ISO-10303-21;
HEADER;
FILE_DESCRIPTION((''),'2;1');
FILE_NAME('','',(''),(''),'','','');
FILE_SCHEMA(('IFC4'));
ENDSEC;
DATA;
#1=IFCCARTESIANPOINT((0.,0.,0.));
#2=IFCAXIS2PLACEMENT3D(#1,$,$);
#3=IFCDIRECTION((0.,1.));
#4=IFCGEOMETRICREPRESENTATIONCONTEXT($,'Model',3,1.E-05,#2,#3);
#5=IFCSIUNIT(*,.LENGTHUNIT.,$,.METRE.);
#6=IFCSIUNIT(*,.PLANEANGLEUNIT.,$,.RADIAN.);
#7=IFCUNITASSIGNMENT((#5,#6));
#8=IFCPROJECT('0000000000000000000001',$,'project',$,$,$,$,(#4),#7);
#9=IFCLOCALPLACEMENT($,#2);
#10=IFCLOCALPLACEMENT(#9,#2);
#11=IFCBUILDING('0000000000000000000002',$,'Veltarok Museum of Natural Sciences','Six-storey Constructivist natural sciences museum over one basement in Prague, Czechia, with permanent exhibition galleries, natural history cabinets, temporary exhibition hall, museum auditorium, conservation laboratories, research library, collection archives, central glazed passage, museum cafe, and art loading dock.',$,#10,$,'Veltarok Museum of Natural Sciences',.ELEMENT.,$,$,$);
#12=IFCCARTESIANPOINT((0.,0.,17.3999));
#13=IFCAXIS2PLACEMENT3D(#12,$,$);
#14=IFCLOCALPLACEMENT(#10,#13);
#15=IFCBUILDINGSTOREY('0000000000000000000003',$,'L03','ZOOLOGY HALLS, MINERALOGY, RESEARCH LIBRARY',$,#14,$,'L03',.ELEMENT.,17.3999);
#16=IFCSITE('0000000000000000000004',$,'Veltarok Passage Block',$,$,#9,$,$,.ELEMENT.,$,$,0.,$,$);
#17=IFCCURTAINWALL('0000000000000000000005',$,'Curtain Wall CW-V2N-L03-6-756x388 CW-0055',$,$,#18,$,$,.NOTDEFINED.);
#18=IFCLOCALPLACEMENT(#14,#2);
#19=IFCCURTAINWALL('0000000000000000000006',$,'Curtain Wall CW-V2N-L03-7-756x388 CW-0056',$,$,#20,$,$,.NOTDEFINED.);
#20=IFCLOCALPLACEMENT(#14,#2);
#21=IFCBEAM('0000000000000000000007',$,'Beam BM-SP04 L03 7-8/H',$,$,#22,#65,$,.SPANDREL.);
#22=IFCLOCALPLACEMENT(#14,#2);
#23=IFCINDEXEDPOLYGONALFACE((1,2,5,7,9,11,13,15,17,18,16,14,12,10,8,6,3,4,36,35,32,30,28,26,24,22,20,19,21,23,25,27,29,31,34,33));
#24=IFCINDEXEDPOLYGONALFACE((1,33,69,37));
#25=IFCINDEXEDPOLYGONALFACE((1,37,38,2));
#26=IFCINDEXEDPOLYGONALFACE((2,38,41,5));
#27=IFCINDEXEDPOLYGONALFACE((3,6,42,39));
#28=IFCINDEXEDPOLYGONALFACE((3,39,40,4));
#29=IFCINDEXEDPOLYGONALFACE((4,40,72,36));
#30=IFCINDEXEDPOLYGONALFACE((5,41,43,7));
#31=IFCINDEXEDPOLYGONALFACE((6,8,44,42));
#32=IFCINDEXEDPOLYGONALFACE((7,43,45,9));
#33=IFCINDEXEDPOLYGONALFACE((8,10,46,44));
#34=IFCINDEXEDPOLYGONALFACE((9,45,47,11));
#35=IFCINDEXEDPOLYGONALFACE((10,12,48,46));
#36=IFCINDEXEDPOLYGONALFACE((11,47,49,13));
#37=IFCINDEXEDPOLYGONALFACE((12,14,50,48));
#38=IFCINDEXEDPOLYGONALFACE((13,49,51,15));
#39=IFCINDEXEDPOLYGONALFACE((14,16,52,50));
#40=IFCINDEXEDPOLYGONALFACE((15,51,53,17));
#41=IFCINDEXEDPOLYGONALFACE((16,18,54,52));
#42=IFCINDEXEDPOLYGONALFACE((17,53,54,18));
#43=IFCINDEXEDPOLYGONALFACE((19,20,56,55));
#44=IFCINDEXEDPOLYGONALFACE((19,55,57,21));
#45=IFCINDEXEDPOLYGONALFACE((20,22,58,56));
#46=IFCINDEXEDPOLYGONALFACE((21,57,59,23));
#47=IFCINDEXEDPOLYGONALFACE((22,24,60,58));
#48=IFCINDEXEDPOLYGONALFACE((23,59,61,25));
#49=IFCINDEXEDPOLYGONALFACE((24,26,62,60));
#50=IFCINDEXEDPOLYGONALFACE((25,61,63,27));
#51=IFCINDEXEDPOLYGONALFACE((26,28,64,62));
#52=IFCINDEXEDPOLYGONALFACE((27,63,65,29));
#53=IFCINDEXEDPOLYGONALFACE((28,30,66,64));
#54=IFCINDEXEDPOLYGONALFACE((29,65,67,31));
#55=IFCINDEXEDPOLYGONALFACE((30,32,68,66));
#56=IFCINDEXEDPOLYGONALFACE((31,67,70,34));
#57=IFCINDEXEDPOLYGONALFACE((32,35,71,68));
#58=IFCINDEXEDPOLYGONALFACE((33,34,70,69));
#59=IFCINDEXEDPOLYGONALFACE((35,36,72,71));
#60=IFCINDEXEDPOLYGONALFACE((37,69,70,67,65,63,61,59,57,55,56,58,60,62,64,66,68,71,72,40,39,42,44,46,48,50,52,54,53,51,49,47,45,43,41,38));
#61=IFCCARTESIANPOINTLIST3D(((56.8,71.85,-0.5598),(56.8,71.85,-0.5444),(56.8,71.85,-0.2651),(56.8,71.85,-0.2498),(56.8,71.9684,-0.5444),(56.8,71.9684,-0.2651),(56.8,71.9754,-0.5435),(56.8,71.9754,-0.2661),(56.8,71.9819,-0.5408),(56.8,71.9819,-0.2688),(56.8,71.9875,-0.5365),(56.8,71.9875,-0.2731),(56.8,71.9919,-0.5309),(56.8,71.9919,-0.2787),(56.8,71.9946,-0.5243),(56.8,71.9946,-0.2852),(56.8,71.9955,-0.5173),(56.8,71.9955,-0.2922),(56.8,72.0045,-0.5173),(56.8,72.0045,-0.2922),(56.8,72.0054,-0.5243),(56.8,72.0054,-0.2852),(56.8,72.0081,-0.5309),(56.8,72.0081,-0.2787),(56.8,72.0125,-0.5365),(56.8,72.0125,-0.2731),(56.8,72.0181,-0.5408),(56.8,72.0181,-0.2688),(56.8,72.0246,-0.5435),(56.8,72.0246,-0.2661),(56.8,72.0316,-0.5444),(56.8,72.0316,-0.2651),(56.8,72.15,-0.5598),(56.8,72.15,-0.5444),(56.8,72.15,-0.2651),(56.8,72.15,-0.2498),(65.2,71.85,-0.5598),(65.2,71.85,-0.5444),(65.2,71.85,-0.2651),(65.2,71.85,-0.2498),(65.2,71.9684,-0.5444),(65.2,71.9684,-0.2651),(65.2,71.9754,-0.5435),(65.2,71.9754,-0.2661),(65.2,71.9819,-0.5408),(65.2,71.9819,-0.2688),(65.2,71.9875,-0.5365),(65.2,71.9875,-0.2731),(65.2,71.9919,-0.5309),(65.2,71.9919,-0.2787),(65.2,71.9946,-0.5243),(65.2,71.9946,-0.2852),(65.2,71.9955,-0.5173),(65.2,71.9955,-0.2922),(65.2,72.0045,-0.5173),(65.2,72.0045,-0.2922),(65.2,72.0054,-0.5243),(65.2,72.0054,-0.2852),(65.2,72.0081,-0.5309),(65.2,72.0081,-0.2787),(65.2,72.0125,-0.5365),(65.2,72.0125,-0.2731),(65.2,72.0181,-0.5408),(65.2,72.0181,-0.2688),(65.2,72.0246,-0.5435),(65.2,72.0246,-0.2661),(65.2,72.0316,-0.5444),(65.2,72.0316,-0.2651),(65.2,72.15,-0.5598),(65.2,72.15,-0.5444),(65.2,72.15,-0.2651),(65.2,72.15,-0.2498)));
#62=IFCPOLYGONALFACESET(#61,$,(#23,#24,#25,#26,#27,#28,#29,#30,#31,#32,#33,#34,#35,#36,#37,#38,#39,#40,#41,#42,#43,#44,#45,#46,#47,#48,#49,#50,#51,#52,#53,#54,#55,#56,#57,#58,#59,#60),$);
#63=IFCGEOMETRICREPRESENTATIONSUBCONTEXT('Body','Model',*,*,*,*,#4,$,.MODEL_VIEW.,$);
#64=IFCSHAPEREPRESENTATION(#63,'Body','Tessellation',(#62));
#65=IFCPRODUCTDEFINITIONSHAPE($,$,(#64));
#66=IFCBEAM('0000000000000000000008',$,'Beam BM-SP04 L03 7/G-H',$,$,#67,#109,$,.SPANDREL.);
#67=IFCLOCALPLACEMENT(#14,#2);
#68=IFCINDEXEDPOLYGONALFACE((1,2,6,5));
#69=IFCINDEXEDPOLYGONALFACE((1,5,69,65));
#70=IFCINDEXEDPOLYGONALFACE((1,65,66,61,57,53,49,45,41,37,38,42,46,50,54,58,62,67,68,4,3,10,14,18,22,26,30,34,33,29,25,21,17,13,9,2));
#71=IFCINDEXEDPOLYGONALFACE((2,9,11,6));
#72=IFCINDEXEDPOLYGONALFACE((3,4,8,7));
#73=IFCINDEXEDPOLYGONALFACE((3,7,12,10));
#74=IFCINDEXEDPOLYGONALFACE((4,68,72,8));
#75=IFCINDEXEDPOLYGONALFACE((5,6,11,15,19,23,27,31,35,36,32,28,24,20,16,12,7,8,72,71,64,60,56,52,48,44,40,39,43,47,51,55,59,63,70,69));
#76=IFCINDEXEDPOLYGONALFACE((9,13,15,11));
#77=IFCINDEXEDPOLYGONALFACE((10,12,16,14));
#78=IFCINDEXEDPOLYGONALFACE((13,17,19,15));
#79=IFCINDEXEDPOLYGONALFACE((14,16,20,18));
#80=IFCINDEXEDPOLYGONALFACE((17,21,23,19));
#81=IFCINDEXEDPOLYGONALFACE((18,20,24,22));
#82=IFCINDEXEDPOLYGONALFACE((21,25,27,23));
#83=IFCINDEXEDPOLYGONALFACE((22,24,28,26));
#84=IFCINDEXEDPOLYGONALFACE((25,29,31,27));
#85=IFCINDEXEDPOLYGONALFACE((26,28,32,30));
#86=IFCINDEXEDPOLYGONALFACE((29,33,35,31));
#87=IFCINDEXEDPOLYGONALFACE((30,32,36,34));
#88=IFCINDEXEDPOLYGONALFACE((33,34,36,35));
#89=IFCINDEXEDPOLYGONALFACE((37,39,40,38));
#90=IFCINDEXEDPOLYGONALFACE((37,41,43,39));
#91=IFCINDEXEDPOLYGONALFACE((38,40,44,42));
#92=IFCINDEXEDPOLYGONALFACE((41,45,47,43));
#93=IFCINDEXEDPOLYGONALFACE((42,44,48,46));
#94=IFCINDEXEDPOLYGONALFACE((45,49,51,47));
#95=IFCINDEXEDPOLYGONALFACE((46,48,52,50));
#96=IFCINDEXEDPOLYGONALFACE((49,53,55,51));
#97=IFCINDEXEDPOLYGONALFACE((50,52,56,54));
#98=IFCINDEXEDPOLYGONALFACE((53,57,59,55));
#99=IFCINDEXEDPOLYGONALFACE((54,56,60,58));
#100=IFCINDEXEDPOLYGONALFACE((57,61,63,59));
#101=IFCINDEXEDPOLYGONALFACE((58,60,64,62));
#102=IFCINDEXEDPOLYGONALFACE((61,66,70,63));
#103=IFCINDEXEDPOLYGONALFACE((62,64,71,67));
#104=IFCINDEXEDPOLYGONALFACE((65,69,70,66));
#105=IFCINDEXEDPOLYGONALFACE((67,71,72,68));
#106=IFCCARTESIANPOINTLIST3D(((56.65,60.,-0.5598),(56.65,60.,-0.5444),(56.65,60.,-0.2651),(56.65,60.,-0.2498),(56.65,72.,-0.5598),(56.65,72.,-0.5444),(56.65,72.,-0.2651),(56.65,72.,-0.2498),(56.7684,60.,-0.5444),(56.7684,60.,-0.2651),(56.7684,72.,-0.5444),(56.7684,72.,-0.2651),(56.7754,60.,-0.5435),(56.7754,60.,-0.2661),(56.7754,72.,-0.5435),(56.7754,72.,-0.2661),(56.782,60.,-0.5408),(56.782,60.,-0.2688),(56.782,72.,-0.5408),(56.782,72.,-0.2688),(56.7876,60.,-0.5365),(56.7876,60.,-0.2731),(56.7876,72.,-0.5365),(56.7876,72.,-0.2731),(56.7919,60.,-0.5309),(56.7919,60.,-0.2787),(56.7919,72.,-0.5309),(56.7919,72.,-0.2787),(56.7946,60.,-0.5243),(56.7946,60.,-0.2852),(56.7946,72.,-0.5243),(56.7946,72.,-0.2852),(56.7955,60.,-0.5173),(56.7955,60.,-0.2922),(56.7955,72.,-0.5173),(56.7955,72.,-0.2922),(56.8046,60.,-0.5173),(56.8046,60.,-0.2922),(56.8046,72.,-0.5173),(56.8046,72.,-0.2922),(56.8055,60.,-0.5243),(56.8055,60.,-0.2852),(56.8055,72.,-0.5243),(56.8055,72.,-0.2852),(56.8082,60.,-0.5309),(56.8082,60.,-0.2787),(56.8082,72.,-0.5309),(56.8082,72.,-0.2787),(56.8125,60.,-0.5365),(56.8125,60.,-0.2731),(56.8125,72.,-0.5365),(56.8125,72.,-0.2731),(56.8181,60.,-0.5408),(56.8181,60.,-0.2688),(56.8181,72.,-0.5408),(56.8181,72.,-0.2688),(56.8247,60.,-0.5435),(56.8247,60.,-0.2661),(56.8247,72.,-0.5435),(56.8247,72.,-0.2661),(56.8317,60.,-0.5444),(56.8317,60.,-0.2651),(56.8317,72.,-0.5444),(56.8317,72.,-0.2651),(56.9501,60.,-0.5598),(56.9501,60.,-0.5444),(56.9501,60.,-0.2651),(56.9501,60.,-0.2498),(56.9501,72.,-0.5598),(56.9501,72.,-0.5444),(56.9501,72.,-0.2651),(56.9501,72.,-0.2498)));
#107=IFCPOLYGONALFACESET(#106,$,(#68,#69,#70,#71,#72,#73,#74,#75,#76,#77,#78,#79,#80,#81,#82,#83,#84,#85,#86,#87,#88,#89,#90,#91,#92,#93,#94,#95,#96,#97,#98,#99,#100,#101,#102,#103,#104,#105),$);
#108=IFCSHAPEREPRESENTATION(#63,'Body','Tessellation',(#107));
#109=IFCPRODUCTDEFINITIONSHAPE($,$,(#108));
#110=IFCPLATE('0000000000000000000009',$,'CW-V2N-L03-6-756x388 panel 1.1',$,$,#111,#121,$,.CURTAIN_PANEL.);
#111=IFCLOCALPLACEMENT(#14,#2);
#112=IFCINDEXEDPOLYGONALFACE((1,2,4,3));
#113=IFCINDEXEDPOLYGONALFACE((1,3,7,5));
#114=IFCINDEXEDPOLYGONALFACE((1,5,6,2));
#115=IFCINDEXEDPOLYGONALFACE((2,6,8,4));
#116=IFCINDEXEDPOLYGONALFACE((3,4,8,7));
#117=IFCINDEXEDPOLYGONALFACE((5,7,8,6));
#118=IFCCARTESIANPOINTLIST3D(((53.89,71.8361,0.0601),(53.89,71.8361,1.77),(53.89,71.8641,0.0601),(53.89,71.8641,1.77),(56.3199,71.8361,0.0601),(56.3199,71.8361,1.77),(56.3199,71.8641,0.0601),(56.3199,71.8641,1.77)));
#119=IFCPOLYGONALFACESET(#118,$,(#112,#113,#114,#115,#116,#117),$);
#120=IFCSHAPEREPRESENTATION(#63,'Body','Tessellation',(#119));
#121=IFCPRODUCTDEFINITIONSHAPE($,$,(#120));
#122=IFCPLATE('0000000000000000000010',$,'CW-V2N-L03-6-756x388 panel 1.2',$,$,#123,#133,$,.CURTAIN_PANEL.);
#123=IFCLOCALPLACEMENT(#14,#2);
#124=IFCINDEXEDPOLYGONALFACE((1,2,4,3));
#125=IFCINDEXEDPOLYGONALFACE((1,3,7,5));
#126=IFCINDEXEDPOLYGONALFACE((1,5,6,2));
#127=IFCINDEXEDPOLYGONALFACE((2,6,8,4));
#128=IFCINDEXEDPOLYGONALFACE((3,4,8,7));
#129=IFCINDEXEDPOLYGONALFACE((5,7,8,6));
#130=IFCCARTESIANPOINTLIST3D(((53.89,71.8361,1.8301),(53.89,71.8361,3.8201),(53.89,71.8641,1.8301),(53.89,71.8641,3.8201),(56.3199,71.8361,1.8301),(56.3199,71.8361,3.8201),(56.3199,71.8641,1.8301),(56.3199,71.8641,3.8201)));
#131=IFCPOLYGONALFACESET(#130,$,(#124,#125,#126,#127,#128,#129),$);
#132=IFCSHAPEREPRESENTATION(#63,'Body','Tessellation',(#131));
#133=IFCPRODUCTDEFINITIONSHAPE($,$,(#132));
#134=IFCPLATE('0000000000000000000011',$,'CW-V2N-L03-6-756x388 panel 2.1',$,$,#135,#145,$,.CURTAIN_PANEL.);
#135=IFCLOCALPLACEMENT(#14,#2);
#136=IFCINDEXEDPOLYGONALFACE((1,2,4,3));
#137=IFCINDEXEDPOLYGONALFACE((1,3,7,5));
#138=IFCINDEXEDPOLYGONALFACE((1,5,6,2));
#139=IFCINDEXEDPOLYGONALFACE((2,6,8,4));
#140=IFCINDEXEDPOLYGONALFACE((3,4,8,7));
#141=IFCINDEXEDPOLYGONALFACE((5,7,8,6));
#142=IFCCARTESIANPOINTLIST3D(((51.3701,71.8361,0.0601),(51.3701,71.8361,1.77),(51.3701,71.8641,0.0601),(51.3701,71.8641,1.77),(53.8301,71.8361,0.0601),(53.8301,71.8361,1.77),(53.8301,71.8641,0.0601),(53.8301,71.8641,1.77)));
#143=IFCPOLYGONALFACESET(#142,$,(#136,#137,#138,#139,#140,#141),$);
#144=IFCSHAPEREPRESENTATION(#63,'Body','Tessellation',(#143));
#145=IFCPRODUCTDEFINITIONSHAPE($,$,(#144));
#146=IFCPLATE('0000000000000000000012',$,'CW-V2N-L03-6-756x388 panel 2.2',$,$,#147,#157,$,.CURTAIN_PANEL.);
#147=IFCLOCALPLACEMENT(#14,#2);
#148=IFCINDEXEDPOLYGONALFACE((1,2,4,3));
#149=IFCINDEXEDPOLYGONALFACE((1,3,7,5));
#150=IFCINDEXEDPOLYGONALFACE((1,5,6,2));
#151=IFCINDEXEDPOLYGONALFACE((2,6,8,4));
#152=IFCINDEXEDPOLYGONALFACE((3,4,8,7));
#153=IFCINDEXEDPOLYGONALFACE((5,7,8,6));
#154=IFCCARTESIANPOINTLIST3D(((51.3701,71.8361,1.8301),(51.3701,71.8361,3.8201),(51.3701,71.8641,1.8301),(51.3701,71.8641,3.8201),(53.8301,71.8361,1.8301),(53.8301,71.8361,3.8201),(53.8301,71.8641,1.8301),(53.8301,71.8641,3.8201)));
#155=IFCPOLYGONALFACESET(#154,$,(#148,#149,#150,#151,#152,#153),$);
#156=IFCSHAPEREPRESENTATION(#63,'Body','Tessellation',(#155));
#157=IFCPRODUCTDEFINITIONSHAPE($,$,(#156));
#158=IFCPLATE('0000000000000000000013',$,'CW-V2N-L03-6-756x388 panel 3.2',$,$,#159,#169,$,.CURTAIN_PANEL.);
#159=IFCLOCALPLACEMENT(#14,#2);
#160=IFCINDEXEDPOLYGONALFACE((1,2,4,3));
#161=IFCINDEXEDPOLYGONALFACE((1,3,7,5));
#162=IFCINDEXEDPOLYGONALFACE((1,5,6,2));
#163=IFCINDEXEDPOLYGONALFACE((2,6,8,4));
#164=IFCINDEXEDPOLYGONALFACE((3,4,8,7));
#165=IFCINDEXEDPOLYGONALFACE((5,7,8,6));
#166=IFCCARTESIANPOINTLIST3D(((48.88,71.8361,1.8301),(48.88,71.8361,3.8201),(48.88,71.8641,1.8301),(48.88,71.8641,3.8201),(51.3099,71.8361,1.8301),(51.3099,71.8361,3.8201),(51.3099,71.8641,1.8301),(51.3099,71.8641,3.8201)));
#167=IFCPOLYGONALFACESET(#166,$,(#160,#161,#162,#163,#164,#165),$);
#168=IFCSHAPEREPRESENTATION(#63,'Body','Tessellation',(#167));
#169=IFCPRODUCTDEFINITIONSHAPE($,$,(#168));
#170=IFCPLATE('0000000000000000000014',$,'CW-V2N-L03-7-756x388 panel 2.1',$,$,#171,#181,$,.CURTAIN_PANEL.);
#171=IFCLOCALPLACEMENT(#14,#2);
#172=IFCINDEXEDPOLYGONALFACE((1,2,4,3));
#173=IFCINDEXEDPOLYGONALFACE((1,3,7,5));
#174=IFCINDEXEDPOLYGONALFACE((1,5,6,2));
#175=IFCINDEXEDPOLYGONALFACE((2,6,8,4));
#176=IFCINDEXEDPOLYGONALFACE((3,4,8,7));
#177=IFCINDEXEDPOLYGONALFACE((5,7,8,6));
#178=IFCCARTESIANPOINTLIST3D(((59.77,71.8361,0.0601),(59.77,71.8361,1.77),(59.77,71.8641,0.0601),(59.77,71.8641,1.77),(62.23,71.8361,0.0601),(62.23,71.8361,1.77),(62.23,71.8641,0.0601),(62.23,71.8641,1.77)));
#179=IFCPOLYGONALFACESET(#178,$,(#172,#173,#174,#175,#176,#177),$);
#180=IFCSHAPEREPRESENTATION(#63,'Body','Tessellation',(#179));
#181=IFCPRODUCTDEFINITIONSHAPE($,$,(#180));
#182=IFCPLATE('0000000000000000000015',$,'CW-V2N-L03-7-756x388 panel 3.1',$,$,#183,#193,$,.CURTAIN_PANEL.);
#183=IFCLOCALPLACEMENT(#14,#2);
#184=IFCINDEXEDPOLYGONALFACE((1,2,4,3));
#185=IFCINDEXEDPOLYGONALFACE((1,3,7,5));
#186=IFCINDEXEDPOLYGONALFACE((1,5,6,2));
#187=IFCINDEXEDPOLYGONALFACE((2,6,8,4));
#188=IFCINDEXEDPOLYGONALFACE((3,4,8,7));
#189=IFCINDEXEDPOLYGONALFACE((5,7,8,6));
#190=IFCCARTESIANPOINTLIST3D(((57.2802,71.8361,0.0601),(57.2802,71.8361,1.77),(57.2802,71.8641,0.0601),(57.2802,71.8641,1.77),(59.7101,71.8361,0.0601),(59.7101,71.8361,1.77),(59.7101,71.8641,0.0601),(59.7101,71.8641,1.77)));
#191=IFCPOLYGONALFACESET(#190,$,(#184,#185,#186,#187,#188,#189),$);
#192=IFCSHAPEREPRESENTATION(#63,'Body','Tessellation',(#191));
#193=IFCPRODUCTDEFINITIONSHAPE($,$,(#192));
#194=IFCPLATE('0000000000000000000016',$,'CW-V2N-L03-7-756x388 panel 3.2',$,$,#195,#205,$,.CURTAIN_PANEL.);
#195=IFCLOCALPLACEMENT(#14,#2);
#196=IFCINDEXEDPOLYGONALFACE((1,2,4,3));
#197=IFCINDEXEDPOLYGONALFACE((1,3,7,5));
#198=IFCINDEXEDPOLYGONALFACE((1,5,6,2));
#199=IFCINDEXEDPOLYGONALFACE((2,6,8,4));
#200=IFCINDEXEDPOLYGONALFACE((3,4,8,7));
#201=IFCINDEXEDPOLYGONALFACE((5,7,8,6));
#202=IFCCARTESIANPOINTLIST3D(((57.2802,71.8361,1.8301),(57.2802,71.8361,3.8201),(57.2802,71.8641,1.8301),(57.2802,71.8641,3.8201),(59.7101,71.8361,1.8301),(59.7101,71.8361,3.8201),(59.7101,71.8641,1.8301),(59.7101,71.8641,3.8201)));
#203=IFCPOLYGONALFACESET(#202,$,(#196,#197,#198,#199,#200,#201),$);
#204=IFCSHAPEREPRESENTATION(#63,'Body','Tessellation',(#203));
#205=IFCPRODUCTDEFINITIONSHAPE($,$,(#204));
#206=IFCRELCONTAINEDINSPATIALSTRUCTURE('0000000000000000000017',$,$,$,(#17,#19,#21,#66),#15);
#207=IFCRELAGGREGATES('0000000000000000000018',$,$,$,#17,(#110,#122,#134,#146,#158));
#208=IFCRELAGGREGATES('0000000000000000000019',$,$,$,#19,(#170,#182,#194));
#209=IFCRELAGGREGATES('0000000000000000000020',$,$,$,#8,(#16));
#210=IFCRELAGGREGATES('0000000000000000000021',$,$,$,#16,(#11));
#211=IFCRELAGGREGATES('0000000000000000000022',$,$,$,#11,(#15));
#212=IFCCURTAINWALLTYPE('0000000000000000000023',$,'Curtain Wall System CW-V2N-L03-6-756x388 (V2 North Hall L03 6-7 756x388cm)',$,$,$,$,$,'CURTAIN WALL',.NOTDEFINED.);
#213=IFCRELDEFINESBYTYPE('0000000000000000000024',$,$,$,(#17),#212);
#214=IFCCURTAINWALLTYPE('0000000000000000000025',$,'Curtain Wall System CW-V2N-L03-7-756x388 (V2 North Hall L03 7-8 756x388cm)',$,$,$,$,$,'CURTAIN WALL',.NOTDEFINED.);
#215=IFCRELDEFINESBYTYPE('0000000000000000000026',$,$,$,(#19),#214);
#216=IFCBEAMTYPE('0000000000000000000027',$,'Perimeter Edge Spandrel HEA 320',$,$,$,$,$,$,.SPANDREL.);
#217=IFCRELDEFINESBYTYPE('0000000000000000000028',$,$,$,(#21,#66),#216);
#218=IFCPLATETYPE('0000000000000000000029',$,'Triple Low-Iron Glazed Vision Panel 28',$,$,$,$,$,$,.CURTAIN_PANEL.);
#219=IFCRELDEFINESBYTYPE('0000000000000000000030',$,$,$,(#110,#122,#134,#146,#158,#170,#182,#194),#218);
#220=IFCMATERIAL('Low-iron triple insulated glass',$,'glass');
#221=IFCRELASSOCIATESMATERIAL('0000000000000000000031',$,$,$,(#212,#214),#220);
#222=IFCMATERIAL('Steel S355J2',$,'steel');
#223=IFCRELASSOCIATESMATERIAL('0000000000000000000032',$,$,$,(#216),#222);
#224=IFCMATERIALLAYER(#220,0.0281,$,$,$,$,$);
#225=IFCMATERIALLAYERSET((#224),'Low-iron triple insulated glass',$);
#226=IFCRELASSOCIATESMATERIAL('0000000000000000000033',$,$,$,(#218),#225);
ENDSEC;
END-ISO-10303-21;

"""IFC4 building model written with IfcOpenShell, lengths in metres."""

from ifc_helpers import new_model, si_unit, direction, frame, origin, origin_2d, place, context, subcontext, project, spatial, rectangle, i_section, extrude, material, layer, layer_set, material_profile, profile_set, type_object, element, aggregate, save


model = new_model("IFC4")

# Units and contexts
model_context = context("Model", 3, precision=1e-05, world=origin(), true_north=direction((0.0, 1.0)))
body_context = subcontext(model_context, "Body", "Model", "MODEL_VIEW")
ifc_project = project(units=[si_unit("LENGTHUNIT", "METRE"), si_unit("PLANEANGLEUNIT", "RADIAN")], contexts=[model_context])

# Site, building, storey
site_placement = place(None, origin())
site = spatial("IfcSite", under=ifc_project, at=site_placement, Name="Veltarok Passage Block", CompositionType="ELEMENT", RefElevation=0.0)
building_placement = place(site_placement, origin())
building = spatial("IfcBuilding", under=site, at=building_placement, Name="Veltarok Museum of Natural Sciences", Description="Six-storey Constructivist natural sciences museum over one basement in Prague, Czechia, with permanent exhibition galleries, natural history cabinets, temporary exhibition hall, museum auditorium, conservation laboratories, research library, collection archives, central glazed passage, museum cafe, and art loading dock.", LongName="Veltarok Museum of Natural Sciences", CompositionType="ELEMENT")
storey_placement = place(building_placement, frame((0.0, 0.0, 17.3999)))
storey = spatial("IfcBuildingStorey", under=building, at=storey_placement, Name="L03", Description="ZOOLOGY HALLS, MINERALOGY, RESEARCH LIBRARY", LongName="L03", CompositionType="ELEMENT", Elevation=17.3999)

# Shared definitions
ifc_material_1 = material(Name="Steel S355J2", Category="steel")

# Curtain walls
ifc_material_2 = material(Name="Low-iron triple insulated glass", Category="glass")
curtain_wall_type_1 = type_object("IfcCurtainWallType", Name="Curtain Wall System CW-V2N-L03-6-756x388 (V2 North Hall L03 6-7 756x388cm)", ElementType="CURTAIN WALL", PredefinedType="NOTDEFINED", material=ifc_material_2)
curtain_wall_1_placement = place(storey_placement, origin())
curtain_wall_1 = element("IfcCurtainWall", 1, at=curtain_wall_1_placement, inside=storey, type_object=curtain_wall_type_1, Name="Curtain Wall CW-V2N-L03-6-756x388 CW-0055", PredefinedType="NOTDEFINED")
curtain_wall_type_2 = type_object("IfcCurtainWallType", Name="Curtain Wall System CW-V2N-L03-7-756x388 (V2 North Hall L03 7-8 756x388cm)", ElementType="CURTAIN WALL", PredefinedType="NOTDEFINED", material=ifc_material_2)
curtain_wall_2_placement = place(storey_placement, origin())
curtain_wall_2 = element("IfcCurtainWall", 2, at=curtain_wall_2_placement, inside=storey, type_object=curtain_wall_type_2, Name="Curtain Wall CW-V2N-L03-7-756x388 CW-0056", PredefinedType="NOTDEFINED")

# Beams
ifc_material_profile_1 = material_profile(ifc_material_1, i_section(OverallWidth=0.3, OverallDepth=0.3101, WebThickness=0.009, FlangeThickness=0.0154, FilletRadius=0.0271, at=origin_2d()), Name="HEA 320")
ifc_profile_set_1 = profile_set([ifc_material_profile_1], Name="Steel S355J2")
beam_type_1 = type_object("IfcBeamType", Name="Perimeter Edge Spandrel HEA 320", PredefinedType="SPANDREL", material=ifc_profile_set_1)
beam_1_placement = place(storey_placement, frame((56.8, 72.0, -0.4048), z_axis=(1.0, 0.0, 0.0), x_axis=(0.0, 1.0, 0.0)))
element("IfcBeam", 3, at=beam_1_placement, inside=storey, type_object=beam_type_1, Name="Beam BM-SP04 L03 7-8/H", PredefinedType="SPANDREL", context=body_context, shape_type="SweptSolid", body=[
    extrude(i_section(OverallWidth=0.3, OverallDepth=0.3101, WebThickness=0.009, FlangeThickness=0.0154, FilletRadius=0.0271, at=origin_2d()), origin(), (0.0, 0.0, 1.0), 8.3999),
])
beam_2_placement = place(storey_placement, frame((56.8, 60.0, -0.4048), z_axis=(0.0, 1.0, 0.0), x_axis=(-1.0, 0.0, 0.0)))
element("IfcBeam", 4, at=beam_2_placement, inside=storey, type_object=beam_type_1, Name="Beam BM-SP04 L03 7/G-H", PredefinedType="SPANDREL", context=body_context, shape_type="SweptSolid", body=[
    extrude(i_section(OverallWidth=0.3, OverallDepth=0.3101, WebThickness=0.009, FlangeThickness=0.0154, FilletRadius=0.0271, at=origin_2d()), origin(), (0.0, 0.0, 1.0), 12.0),
])

# Plates
ifc_layer = layer(ifc_material_2, 0.0281)
ifc_layer_set = layer_set([ifc_layer], Name="Low-iron triple insulated glass")
plate_type = type_object("IfcPlateType", Name="Triple Low-Iron Glazed Vision Panel 28", PredefinedType="CURTAIN_PANEL", material=ifc_layer_set)
plate_1_placement = place(storey_placement, frame((55.105, 71.8501, 0.0601), z_axis=(0.0, 0.0, 1.0), x_axis=(-1.0, 0.0, 0.0)))
plate_1 = element("IfcPlate", 5, at=plate_1_placement, type_object=plate_type, Name="CW-V2N-L03-6-756x388 panel 1.1", PredefinedType="CURTAIN_PANEL", context=body_context, shape_type="SweptSolid", body=[
    extrude(rectangle(XDim=2.4299, YDim=0.0281, at=origin_2d()), origin(), (0.0, 0.0, 1.0), 1.71),
])
plate_2_placement = place(storey_placement, frame((55.105, 71.8501, 1.8301), z_axis=(0.0, 0.0, 1.0), x_axis=(-1.0, 0.0, 0.0)))
plate_2 = element("IfcPlate", 6, at=plate_2_placement, type_object=plate_type, Name="CW-V2N-L03-6-756x388 panel 1.2", PredefinedType="CURTAIN_PANEL", context=body_context, shape_type="SweptSolid", body=[
    extrude(rectangle(XDim=2.4299, YDim=0.0281, at=origin_2d()), origin(), (0.0, 0.0, 1.0), 1.99),
])
plate_3_placement = place(storey_placement, frame((52.6001, 71.8501, 0.0601), z_axis=(0.0, 0.0, 1.0), x_axis=(-1.0, 0.0, 0.0)))
plate_3 = element("IfcPlate", 7, at=plate_3_placement, type_object=plate_type, Name="CW-V2N-L03-6-756x388 panel 2.1", PredefinedType="CURTAIN_PANEL", context=body_context, shape_type="SweptSolid", body=[
    extrude(rectangle(XDim=2.46, YDim=0.0281, at=origin_2d()), origin(), (0.0, 0.0, 1.0), 1.71),
])
plate_4_placement = place(storey_placement, frame((52.6001, 71.8501, 1.8301), z_axis=(0.0, 0.0, 1.0), x_axis=(-1.0, 0.0, 0.0)))
plate_4 = element("IfcPlate", 8, at=plate_4_placement, type_object=plate_type, Name="CW-V2N-L03-6-756x388 panel 2.2", PredefinedType="CURTAIN_PANEL", context=body_context, shape_type="SweptSolid", body=[
    extrude(rectangle(XDim=2.46, YDim=0.0281, at=origin_2d()), origin(), (0.0, 0.0, 1.0), 1.99),
])
plate_5_placement = place(storey_placement, frame((50.095, 71.8501, 1.8301), z_axis=(0.0, 0.0, 1.0), x_axis=(-1.0, 0.0, 0.0)))
plate_5 = element("IfcPlate", 9, at=plate_5_placement, type_object=plate_type, Name="CW-V2N-L03-6-756x388 panel 3.2", PredefinedType="CURTAIN_PANEL", context=body_context, shape_type="SweptSolid", body=[
    extrude(rectangle(XDim=2.4299, YDim=0.0281, at=origin_2d()), origin(), (0.0, 0.0, 1.0), 1.99),
])
aggregate(curtain_wall_1, [plate_1, plate_2, plate_3, plate_4, plate_5])
plate_6_placement = place(storey_placement, frame((61.0, 71.8501, 0.0601), z_axis=(0.0, 0.0, 1.0), x_axis=(-1.0, 0.0, 0.0)))
plate_6 = element("IfcPlate", 10, at=plate_6_placement, type_object=plate_type, Name="CW-V2N-L03-7-756x388 panel 2.1", PredefinedType="CURTAIN_PANEL", context=body_context, shape_type="SweptSolid", body=[
    extrude(rectangle(XDim=2.46, YDim=0.0281, at=origin_2d()), origin(), (0.0, 0.0, 1.0), 1.71),
])
plate_7_placement = place(storey_placement, frame((58.4951, 71.8501, 0.0601), z_axis=(0.0, 0.0, 1.0), x_axis=(-1.0, 0.0, 0.0)))
plate_7 = element("IfcPlate", 11, at=plate_7_placement, type_object=plate_type, Name="CW-V2N-L03-7-756x388 panel 3.1", PredefinedType="CURTAIN_PANEL", context=body_context, shape_type="SweptSolid", body=[
    extrude(rectangle(XDim=2.4299, YDim=0.0281, at=origin_2d()), origin(), (0.0, 0.0, 1.0), 1.71),
])
plate_8_placement = place(storey_placement, frame((58.4951, 71.8501, 1.8301), z_axis=(0.0, 0.0, 1.0), x_axis=(-1.0, 0.0, 0.0)))
plate_8 = element("IfcPlate", 12, at=plate_8_placement, type_object=plate_type, Name="CW-V2N-L03-7-756x388 panel 3.2", PredefinedType="CURTAIN_PANEL", context=body_context, shape_type="SweptSolid", body=[
    extrude(rectangle(XDim=2.4299, YDim=0.0281, at=origin_2d()), origin(), (0.0, 0.0, 1.0), 1.99),
])
aggregate(curtain_wall_2, [plate_6, plate_7, plate_8])

save(model, "model.ifc")
